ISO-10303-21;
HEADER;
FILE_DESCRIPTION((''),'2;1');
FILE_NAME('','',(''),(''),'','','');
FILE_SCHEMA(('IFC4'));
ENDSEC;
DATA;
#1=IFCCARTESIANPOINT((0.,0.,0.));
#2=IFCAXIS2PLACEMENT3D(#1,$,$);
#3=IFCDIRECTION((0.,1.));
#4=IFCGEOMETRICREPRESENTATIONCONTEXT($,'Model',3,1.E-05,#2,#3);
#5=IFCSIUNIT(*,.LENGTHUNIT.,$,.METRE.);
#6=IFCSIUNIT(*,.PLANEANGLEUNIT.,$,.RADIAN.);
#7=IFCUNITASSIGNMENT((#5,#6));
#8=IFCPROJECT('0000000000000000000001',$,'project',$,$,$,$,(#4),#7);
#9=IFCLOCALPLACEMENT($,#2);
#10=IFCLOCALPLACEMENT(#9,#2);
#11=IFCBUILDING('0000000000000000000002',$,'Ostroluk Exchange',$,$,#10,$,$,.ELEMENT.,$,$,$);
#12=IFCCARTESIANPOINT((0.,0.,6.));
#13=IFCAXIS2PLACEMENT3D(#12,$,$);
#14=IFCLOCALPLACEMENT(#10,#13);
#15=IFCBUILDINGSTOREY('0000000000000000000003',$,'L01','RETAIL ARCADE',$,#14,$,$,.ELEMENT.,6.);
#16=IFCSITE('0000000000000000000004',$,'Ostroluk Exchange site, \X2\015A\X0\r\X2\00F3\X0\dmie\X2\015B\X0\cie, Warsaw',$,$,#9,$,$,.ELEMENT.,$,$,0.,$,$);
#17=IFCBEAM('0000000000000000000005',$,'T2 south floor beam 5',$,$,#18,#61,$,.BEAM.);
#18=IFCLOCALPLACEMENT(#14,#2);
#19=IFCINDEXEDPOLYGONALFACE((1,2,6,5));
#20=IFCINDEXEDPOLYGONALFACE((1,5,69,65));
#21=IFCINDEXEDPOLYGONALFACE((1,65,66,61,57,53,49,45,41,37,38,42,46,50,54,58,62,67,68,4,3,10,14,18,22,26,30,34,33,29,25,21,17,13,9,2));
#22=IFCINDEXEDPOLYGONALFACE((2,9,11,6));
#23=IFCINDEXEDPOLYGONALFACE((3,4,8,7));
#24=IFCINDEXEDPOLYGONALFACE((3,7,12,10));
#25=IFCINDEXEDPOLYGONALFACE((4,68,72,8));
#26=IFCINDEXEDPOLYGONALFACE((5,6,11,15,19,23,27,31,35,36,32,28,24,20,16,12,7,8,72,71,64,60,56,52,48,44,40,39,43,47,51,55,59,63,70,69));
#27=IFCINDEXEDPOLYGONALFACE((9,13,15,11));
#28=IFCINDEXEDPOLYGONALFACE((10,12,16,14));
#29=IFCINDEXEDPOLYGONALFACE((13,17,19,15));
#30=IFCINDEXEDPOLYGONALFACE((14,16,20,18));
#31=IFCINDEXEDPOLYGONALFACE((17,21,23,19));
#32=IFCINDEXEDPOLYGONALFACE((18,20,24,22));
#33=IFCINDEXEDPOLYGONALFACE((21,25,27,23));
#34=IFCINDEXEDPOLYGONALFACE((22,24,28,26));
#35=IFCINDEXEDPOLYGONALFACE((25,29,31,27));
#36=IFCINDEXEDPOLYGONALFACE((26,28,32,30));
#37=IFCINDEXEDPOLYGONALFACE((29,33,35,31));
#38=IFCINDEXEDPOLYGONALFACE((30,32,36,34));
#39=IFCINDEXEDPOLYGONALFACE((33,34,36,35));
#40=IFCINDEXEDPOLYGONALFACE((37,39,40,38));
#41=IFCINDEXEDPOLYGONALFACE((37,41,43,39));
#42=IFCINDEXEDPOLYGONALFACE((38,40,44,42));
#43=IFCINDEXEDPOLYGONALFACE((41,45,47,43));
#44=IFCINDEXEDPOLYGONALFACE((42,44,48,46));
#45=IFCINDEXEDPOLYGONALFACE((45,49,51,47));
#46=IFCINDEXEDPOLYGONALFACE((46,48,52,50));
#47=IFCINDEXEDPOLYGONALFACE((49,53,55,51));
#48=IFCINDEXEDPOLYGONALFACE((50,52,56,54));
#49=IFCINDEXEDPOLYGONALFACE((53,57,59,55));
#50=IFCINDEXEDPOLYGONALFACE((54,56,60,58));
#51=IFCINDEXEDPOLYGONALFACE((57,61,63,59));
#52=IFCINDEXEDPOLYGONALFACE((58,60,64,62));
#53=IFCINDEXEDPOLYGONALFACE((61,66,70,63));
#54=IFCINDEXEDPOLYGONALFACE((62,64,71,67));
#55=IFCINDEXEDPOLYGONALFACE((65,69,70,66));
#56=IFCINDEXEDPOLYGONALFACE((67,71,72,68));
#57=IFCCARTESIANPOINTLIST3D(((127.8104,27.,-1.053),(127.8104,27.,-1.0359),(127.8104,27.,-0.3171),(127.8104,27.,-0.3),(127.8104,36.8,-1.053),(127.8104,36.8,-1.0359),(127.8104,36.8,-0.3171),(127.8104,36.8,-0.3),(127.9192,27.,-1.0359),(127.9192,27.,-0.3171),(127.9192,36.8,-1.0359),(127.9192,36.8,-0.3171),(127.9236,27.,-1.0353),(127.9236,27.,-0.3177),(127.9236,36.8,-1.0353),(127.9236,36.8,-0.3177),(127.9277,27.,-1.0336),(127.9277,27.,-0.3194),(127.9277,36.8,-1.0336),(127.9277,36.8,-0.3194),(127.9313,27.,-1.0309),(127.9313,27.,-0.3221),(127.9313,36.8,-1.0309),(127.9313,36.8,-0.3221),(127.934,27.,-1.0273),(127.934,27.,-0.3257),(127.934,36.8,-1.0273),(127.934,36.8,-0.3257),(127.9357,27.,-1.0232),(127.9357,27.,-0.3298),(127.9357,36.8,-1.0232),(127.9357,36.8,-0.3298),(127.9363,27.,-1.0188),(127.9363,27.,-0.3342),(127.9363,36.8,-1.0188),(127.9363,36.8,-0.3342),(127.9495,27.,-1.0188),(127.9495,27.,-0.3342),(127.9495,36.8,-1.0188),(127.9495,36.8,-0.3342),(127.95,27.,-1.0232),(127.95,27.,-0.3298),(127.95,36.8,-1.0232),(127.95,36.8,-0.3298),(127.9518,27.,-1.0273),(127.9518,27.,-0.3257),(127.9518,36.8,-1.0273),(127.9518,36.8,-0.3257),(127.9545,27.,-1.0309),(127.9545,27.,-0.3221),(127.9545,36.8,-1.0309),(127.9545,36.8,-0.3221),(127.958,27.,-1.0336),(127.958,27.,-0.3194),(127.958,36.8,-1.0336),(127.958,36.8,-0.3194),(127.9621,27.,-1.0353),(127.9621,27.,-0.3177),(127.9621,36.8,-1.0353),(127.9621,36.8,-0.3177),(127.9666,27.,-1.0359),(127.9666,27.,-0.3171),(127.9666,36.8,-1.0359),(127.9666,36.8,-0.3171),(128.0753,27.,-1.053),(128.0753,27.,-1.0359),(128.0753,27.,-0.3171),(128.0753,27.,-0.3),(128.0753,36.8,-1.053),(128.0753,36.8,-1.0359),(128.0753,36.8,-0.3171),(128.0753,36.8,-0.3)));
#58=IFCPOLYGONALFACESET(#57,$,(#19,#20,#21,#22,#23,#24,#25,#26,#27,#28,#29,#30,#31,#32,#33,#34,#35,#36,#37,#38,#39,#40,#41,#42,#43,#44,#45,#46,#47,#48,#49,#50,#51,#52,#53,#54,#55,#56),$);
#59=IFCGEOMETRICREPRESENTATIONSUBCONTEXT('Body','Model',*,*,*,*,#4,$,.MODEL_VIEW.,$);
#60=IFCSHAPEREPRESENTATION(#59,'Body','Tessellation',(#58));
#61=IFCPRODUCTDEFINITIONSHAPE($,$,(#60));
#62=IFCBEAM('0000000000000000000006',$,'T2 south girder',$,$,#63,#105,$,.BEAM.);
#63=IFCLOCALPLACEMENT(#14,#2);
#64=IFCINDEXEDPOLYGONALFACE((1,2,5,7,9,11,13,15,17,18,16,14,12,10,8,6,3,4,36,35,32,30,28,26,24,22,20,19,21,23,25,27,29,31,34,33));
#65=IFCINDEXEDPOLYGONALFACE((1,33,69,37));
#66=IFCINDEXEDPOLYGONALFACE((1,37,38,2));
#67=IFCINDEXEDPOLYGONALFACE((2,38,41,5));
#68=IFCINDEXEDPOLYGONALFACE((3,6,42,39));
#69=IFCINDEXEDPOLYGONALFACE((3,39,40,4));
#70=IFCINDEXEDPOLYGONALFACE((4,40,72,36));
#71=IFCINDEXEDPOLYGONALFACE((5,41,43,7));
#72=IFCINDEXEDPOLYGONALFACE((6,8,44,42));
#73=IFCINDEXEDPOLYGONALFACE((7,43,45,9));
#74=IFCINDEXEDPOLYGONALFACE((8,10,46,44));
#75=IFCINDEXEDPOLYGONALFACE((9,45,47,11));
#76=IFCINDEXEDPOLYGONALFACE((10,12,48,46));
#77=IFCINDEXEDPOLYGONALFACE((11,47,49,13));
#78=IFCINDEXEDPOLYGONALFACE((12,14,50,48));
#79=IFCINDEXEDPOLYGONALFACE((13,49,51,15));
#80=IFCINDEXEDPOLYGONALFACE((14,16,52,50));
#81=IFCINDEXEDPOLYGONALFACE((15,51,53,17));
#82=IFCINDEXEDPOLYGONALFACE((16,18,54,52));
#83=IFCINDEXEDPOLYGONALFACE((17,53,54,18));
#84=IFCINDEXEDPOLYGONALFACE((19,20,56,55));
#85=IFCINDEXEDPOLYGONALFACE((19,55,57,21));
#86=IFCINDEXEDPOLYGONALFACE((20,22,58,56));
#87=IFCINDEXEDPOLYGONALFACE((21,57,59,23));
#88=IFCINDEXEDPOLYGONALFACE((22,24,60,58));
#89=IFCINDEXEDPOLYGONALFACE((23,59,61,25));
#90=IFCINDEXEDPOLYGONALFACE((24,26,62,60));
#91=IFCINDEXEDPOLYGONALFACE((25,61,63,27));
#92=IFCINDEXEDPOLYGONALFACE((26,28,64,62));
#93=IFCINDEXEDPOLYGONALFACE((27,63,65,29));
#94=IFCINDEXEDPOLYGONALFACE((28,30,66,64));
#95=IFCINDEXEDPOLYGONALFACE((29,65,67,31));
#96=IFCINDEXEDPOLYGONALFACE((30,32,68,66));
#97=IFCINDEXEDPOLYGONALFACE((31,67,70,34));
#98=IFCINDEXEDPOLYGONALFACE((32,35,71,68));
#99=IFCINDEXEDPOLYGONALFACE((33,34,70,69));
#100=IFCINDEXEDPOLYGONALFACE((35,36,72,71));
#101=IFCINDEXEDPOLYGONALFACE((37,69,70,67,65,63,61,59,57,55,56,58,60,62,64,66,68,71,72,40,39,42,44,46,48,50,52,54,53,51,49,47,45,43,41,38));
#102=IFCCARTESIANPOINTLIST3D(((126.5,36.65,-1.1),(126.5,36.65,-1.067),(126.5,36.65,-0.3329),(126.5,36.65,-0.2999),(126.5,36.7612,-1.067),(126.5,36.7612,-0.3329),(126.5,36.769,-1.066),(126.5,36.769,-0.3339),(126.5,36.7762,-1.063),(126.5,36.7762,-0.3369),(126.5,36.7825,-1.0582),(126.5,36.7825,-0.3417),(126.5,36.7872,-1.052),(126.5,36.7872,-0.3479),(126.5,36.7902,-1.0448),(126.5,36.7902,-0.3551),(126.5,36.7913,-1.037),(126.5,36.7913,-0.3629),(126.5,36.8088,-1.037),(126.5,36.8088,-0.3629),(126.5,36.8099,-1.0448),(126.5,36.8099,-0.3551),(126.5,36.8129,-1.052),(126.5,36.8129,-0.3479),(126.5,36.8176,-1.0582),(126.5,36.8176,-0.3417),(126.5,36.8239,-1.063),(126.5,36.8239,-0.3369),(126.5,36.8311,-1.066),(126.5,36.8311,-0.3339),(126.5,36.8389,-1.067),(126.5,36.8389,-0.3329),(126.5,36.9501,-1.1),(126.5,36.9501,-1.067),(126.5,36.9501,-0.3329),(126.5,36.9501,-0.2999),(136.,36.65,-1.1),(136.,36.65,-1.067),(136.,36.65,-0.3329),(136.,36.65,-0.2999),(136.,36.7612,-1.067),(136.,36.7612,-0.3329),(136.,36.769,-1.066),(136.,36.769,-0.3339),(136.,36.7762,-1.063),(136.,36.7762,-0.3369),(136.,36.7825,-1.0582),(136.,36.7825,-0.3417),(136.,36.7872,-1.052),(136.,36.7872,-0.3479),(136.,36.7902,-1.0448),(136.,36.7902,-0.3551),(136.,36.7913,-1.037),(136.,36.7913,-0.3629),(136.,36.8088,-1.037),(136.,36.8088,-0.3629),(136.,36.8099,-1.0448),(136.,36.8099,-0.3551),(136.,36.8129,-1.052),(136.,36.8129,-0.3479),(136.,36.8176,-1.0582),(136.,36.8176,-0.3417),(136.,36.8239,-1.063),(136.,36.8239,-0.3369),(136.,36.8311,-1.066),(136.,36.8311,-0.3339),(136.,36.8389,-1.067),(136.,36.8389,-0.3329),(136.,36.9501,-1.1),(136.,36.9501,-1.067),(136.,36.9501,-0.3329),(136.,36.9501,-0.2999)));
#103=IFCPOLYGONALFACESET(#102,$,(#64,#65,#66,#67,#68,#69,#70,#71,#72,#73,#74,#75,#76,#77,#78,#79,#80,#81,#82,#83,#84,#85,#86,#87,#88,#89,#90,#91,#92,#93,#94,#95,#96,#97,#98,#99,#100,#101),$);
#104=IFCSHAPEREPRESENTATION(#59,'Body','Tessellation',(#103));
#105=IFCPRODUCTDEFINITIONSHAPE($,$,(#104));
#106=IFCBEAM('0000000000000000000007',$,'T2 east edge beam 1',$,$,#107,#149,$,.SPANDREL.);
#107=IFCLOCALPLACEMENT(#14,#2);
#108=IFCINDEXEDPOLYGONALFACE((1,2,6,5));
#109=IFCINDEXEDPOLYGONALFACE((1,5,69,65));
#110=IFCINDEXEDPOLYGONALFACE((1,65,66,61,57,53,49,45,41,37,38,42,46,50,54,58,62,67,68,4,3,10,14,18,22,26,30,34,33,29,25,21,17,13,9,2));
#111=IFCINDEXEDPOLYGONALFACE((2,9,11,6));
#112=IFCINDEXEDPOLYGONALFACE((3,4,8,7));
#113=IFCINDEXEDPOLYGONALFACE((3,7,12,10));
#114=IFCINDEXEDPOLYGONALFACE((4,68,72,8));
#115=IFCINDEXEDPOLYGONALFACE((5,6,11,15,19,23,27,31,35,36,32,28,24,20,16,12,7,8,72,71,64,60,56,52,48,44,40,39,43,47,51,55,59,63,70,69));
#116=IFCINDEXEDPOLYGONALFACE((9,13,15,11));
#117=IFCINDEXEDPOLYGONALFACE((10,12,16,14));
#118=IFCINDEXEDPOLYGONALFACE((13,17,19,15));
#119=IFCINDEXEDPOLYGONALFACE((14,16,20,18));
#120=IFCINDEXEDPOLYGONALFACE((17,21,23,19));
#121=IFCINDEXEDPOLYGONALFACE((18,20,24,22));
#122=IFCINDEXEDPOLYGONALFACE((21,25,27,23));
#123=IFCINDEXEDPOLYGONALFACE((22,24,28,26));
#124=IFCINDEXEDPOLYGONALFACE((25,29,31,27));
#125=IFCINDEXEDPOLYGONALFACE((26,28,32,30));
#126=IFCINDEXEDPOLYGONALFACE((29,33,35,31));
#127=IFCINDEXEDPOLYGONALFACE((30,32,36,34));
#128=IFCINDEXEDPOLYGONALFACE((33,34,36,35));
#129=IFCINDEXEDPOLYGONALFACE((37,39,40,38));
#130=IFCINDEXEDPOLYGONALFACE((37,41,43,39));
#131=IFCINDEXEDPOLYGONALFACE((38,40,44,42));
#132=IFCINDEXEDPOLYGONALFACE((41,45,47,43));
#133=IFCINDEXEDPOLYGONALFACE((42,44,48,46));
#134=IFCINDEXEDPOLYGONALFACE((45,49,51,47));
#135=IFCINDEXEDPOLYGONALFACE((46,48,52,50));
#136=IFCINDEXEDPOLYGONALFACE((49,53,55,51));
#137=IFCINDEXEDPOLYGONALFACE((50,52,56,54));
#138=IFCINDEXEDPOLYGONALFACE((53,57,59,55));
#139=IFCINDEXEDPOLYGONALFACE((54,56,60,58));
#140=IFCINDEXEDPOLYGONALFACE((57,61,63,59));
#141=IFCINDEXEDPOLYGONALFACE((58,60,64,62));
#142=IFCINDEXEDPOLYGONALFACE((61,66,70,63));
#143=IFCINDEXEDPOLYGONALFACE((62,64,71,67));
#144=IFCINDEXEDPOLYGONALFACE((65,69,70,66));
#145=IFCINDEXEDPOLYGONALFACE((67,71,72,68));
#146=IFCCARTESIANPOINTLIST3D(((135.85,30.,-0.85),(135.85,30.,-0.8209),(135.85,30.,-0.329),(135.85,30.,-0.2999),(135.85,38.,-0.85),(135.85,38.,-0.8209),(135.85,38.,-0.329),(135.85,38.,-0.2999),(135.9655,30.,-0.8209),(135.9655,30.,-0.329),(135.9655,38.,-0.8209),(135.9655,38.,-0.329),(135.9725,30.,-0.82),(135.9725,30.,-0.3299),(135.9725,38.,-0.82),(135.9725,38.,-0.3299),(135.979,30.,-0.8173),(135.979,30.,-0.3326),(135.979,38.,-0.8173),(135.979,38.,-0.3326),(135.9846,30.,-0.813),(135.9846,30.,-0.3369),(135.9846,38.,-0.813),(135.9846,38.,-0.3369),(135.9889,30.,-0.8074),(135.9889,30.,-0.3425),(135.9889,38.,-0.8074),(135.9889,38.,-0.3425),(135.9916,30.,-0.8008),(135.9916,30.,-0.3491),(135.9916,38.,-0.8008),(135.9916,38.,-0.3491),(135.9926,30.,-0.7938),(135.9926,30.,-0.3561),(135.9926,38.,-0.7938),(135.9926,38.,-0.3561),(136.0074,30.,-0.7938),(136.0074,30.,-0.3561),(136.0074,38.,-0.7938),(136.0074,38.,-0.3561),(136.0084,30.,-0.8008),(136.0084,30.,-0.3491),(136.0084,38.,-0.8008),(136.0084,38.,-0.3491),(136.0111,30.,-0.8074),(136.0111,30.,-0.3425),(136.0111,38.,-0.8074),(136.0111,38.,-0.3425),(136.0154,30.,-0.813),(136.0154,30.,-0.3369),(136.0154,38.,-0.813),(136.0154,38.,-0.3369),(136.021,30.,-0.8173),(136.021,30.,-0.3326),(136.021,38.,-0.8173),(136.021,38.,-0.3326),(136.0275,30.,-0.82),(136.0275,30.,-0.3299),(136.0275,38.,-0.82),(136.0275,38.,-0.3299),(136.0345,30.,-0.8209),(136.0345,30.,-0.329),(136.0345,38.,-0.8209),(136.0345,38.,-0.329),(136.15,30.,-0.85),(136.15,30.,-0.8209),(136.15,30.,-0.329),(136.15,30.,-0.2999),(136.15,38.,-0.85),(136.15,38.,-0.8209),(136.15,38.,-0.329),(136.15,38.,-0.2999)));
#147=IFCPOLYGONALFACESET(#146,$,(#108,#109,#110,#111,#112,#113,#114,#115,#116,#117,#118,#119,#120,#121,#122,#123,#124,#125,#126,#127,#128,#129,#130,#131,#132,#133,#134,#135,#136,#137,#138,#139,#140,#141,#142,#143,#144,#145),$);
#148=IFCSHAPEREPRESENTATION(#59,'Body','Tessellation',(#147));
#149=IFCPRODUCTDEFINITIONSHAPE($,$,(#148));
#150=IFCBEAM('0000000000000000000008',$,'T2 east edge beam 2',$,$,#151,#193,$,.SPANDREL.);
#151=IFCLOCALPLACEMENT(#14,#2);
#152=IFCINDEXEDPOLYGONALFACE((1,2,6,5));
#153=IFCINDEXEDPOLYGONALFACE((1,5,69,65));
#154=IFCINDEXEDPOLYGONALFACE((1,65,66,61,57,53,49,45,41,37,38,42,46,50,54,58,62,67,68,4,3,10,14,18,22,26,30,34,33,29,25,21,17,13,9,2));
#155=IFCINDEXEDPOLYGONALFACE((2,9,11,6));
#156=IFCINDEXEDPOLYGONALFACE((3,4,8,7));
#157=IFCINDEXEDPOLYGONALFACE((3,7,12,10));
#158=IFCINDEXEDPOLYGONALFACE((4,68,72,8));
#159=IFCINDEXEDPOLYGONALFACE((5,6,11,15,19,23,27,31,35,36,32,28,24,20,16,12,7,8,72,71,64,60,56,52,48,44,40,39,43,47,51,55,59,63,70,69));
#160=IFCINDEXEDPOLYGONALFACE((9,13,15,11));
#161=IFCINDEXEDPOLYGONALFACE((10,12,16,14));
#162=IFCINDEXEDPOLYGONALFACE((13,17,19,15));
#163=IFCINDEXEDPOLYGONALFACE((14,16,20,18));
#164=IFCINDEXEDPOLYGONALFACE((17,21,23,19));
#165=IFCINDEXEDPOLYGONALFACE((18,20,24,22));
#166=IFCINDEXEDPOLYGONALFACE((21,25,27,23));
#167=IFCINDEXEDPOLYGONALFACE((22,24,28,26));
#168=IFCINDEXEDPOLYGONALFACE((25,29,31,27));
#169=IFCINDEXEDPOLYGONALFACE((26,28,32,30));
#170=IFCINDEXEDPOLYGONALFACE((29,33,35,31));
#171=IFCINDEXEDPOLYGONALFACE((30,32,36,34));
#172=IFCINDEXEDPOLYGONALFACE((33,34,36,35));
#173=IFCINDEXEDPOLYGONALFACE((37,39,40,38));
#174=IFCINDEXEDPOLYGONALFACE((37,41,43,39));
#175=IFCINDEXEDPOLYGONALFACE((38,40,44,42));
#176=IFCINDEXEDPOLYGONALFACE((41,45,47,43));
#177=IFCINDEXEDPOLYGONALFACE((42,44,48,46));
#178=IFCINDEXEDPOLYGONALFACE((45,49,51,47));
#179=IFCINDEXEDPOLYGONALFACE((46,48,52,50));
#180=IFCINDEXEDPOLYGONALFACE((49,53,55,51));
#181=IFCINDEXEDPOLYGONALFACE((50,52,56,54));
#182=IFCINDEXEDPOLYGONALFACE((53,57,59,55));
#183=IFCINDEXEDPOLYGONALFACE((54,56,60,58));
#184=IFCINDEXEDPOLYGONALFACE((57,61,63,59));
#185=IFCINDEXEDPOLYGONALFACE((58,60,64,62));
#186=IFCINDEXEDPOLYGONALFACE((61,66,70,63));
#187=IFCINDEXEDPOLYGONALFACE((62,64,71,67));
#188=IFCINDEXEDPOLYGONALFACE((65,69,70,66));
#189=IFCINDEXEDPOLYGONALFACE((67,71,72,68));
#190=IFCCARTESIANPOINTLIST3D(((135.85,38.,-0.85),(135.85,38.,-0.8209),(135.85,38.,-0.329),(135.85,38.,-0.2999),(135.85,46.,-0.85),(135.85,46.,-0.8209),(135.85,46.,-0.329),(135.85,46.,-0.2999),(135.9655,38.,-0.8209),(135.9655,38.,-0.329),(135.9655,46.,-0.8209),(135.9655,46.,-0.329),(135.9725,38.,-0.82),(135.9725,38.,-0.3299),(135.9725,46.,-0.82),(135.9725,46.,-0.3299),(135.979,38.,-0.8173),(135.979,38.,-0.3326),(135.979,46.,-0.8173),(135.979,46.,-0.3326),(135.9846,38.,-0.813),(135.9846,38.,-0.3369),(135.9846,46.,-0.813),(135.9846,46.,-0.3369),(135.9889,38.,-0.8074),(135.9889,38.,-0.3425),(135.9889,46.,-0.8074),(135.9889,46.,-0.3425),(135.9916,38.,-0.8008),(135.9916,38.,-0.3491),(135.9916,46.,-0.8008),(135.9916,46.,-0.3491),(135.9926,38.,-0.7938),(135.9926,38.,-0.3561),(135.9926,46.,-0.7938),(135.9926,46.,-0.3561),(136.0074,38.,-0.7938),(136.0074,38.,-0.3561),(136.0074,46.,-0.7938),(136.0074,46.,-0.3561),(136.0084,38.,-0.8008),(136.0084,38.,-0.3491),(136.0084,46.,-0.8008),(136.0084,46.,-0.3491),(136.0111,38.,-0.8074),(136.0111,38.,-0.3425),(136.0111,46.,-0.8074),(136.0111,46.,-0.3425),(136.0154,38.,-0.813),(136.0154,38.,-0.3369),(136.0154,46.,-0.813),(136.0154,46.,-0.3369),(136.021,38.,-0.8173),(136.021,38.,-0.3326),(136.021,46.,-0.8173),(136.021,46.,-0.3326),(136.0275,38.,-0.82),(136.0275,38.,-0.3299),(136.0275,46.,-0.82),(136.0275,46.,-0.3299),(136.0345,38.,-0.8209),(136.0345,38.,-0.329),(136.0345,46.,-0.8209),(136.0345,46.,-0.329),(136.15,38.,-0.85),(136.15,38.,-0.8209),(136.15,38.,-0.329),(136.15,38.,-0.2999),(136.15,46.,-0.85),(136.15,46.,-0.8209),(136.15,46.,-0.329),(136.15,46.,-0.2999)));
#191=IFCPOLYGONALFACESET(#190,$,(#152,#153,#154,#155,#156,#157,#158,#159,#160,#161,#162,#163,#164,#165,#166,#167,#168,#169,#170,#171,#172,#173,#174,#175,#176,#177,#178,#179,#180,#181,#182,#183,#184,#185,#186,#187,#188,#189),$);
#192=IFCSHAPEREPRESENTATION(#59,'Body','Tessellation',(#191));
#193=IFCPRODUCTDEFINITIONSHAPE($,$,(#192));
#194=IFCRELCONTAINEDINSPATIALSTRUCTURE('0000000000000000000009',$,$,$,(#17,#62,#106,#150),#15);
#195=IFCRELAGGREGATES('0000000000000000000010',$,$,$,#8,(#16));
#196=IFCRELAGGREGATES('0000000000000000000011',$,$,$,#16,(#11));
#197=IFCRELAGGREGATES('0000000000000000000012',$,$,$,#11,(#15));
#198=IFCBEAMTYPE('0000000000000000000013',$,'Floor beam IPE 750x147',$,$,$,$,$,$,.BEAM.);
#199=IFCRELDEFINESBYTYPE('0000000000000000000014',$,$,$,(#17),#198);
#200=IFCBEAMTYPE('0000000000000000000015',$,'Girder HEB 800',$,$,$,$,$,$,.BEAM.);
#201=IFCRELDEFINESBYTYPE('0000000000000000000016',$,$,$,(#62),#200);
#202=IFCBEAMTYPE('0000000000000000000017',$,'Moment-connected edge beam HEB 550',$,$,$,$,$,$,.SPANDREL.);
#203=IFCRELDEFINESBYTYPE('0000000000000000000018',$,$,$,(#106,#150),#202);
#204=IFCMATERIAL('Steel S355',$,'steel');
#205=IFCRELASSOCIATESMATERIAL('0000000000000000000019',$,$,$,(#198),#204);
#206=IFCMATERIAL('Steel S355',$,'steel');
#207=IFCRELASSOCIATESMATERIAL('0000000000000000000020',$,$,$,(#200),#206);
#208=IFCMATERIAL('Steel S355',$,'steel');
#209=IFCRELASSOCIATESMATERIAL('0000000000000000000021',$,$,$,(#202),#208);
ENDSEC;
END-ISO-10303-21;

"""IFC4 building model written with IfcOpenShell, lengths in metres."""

from ifc_helpers import new_model, si_unit, direction, frame, origin, origin_2d, place, context, subcontext, project, spatial, i_section, extrude, material, material_profile, profile_set, type_object, element, save


model = new_model("IFC4")

# Units and contexts
model_context = context("Model", 3, precision=1e-05, world=origin(), true_north=direction((0.0, 1.0)))
body_context = subcontext(model_context, "Body", "Model", "MODEL_VIEW")
ifc_project = project(units=[si_unit("LENGTHUNIT", "METRE"), si_unit("PLANEANGLEUNIT", "RADIAN")], contexts=[model_context])

# Site, building, storey
site_placement = place(None, origin())
site = spatial("IfcSite", under=ifc_project, at=site_placement, Name="Ostroluk Exchange site, Śródmieście, Warsaw", CompositionType="ELEMENT", RefElevation=0.0)
building_placement = place(site_placement, origin())
building = spatial("IfcBuilding", under=site, at=building_placement, Name="Ostroluk Exchange", CompositionType="ELEMENT")
storey_placement = place(building_placement, frame((0.0, 0.0, 6.0)))
storey = spatial("IfcBuildingStorey", under=building, at=storey_placement, Name="L01", Description="RETAIL ARCADE", CompositionType="ELEMENT", Elevation=6.0)

# Beams
ifc_material_1 = material(Name="Steel S355", Category="steel")
ifc_material_profile_1 = material_profile(ifc_material_1, i_section(OverallWidth=0.2649, OverallDepth=0.7529, WebThickness=0.0132, FlangeThickness=0.0171, FilletRadius=0.0171, at=origin_2d()), Name="IPE 750x147")
ifc_profile_set_1 = profile_set([ifc_material_profile_1], Name="Steel S355")
beam_type_1 = type_object("IfcBeamType", Name="Floor beam IPE 750x147", PredefinedType="BEAM", material=ifc_profile_set_1)
beam_1_placement = place(storey_placement, frame((127.9429, 36.8, -0.6765), z_axis=(0.0, -1.0, 0.0), x_axis=(1.0, 0.0, 0.0)))
element("IfcBeam", 1, at=beam_1_placement, inside=storey, type_object=beam_type_1, Name="T2 south floor beam 5", PredefinedType="BEAM", context=body_context, shape_type="SweptSolid", body=[
    extrude(i_section(OverallWidth=0.2649, OverallDepth=0.7529, WebThickness=0.0132, FlangeThickness=0.0171, FilletRadius=0.0171, at=origin_2d()), origin(), (0.0, 0.0, 1.0), 9.8),
])
ifc_material_2 = material(Name="Steel S355", Category="steel")
ifc_material_profile_2 = material_profile(ifc_material_2, i_section(OverallWidth=0.3, OverallDepth=0.8, WebThickness=0.0176, FlangeThickness=0.033, FilletRadius=0.03, at=origin_2d()), Name="HEB 800")
ifc_profile_set_2 = profile_set([ifc_material_profile_2], Name="Steel S355")
beam_type_2 = type_object("IfcBeamType", Name="Girder HEB 800", PredefinedType="BEAM", material=ifc_profile_set_2)
beam_2_placement = place(storey_placement, frame((126.5, 36.8, -0.7), z_axis=(1.0, 0.0, 0.0), x_axis=(0.0, 1.0, 0.0)))
element("IfcBeam", 2, at=beam_2_placement, inside=storey, type_object=beam_type_2, Name="T2 south girder", PredefinedType="BEAM", context=body_context, shape_type="SweptSolid", body=[
    extrude(i_section(OverallWidth=0.3, OverallDepth=0.8, WebThickness=0.0176, FlangeThickness=0.033, FilletRadius=0.03, at=origin_2d()), origin(), (0.0, 0.0, 1.0), 9.5),
])
ifc_material_3 = material(Name="Steel S355", Category="steel")
ifc_material_profile_3 = material_profile(ifc_material_3, i_section(OverallWidth=0.3, OverallDepth=0.55, WebThickness=0.0149, FlangeThickness=0.0291, FilletRadius=0.0271, at=origin_2d()), Name="HEB 550")
ifc_profile_set_3 = profile_set([ifc_material_profile_3], Name="Steel S355")
beam_type_3 = type_object("IfcBeamType", Name="Moment-connected edge beam HEB 550", PredefinedType="SPANDREL", material=ifc_profile_set_3)
for number, where, z_axis, x_axis, name in (
    (3, (136.0, 30.0, -0.575), (0.0, 1.0, 0.0), (-1.0, 0.0, 0.0), "T2 east edge beam 1"),
    (4, (136.0, 38.0, -0.575), (0.0, 1.0, 0.0), (-1.0, 0.0, 0.0), "T2 east edge beam 2"),
):
    element("IfcBeam", number, at=place(storey_placement, frame(where, z_axis=z_axis, x_axis=x_axis)), inside=storey, type_object=beam_type_3, Name=name, PredefinedType="SPANDREL", context=body_context, shape_type="SweptSolid", body=[
        extrude(i_section(OverallWidth=0.3, OverallDepth=0.55, WebThickness=0.0149, FlangeThickness=0.0291, FilletRadius=0.0271, at=origin_2d()), origin(), (0.0, 0.0, 1.0), 8.0),
    ])

save(model, "model.ifc")
